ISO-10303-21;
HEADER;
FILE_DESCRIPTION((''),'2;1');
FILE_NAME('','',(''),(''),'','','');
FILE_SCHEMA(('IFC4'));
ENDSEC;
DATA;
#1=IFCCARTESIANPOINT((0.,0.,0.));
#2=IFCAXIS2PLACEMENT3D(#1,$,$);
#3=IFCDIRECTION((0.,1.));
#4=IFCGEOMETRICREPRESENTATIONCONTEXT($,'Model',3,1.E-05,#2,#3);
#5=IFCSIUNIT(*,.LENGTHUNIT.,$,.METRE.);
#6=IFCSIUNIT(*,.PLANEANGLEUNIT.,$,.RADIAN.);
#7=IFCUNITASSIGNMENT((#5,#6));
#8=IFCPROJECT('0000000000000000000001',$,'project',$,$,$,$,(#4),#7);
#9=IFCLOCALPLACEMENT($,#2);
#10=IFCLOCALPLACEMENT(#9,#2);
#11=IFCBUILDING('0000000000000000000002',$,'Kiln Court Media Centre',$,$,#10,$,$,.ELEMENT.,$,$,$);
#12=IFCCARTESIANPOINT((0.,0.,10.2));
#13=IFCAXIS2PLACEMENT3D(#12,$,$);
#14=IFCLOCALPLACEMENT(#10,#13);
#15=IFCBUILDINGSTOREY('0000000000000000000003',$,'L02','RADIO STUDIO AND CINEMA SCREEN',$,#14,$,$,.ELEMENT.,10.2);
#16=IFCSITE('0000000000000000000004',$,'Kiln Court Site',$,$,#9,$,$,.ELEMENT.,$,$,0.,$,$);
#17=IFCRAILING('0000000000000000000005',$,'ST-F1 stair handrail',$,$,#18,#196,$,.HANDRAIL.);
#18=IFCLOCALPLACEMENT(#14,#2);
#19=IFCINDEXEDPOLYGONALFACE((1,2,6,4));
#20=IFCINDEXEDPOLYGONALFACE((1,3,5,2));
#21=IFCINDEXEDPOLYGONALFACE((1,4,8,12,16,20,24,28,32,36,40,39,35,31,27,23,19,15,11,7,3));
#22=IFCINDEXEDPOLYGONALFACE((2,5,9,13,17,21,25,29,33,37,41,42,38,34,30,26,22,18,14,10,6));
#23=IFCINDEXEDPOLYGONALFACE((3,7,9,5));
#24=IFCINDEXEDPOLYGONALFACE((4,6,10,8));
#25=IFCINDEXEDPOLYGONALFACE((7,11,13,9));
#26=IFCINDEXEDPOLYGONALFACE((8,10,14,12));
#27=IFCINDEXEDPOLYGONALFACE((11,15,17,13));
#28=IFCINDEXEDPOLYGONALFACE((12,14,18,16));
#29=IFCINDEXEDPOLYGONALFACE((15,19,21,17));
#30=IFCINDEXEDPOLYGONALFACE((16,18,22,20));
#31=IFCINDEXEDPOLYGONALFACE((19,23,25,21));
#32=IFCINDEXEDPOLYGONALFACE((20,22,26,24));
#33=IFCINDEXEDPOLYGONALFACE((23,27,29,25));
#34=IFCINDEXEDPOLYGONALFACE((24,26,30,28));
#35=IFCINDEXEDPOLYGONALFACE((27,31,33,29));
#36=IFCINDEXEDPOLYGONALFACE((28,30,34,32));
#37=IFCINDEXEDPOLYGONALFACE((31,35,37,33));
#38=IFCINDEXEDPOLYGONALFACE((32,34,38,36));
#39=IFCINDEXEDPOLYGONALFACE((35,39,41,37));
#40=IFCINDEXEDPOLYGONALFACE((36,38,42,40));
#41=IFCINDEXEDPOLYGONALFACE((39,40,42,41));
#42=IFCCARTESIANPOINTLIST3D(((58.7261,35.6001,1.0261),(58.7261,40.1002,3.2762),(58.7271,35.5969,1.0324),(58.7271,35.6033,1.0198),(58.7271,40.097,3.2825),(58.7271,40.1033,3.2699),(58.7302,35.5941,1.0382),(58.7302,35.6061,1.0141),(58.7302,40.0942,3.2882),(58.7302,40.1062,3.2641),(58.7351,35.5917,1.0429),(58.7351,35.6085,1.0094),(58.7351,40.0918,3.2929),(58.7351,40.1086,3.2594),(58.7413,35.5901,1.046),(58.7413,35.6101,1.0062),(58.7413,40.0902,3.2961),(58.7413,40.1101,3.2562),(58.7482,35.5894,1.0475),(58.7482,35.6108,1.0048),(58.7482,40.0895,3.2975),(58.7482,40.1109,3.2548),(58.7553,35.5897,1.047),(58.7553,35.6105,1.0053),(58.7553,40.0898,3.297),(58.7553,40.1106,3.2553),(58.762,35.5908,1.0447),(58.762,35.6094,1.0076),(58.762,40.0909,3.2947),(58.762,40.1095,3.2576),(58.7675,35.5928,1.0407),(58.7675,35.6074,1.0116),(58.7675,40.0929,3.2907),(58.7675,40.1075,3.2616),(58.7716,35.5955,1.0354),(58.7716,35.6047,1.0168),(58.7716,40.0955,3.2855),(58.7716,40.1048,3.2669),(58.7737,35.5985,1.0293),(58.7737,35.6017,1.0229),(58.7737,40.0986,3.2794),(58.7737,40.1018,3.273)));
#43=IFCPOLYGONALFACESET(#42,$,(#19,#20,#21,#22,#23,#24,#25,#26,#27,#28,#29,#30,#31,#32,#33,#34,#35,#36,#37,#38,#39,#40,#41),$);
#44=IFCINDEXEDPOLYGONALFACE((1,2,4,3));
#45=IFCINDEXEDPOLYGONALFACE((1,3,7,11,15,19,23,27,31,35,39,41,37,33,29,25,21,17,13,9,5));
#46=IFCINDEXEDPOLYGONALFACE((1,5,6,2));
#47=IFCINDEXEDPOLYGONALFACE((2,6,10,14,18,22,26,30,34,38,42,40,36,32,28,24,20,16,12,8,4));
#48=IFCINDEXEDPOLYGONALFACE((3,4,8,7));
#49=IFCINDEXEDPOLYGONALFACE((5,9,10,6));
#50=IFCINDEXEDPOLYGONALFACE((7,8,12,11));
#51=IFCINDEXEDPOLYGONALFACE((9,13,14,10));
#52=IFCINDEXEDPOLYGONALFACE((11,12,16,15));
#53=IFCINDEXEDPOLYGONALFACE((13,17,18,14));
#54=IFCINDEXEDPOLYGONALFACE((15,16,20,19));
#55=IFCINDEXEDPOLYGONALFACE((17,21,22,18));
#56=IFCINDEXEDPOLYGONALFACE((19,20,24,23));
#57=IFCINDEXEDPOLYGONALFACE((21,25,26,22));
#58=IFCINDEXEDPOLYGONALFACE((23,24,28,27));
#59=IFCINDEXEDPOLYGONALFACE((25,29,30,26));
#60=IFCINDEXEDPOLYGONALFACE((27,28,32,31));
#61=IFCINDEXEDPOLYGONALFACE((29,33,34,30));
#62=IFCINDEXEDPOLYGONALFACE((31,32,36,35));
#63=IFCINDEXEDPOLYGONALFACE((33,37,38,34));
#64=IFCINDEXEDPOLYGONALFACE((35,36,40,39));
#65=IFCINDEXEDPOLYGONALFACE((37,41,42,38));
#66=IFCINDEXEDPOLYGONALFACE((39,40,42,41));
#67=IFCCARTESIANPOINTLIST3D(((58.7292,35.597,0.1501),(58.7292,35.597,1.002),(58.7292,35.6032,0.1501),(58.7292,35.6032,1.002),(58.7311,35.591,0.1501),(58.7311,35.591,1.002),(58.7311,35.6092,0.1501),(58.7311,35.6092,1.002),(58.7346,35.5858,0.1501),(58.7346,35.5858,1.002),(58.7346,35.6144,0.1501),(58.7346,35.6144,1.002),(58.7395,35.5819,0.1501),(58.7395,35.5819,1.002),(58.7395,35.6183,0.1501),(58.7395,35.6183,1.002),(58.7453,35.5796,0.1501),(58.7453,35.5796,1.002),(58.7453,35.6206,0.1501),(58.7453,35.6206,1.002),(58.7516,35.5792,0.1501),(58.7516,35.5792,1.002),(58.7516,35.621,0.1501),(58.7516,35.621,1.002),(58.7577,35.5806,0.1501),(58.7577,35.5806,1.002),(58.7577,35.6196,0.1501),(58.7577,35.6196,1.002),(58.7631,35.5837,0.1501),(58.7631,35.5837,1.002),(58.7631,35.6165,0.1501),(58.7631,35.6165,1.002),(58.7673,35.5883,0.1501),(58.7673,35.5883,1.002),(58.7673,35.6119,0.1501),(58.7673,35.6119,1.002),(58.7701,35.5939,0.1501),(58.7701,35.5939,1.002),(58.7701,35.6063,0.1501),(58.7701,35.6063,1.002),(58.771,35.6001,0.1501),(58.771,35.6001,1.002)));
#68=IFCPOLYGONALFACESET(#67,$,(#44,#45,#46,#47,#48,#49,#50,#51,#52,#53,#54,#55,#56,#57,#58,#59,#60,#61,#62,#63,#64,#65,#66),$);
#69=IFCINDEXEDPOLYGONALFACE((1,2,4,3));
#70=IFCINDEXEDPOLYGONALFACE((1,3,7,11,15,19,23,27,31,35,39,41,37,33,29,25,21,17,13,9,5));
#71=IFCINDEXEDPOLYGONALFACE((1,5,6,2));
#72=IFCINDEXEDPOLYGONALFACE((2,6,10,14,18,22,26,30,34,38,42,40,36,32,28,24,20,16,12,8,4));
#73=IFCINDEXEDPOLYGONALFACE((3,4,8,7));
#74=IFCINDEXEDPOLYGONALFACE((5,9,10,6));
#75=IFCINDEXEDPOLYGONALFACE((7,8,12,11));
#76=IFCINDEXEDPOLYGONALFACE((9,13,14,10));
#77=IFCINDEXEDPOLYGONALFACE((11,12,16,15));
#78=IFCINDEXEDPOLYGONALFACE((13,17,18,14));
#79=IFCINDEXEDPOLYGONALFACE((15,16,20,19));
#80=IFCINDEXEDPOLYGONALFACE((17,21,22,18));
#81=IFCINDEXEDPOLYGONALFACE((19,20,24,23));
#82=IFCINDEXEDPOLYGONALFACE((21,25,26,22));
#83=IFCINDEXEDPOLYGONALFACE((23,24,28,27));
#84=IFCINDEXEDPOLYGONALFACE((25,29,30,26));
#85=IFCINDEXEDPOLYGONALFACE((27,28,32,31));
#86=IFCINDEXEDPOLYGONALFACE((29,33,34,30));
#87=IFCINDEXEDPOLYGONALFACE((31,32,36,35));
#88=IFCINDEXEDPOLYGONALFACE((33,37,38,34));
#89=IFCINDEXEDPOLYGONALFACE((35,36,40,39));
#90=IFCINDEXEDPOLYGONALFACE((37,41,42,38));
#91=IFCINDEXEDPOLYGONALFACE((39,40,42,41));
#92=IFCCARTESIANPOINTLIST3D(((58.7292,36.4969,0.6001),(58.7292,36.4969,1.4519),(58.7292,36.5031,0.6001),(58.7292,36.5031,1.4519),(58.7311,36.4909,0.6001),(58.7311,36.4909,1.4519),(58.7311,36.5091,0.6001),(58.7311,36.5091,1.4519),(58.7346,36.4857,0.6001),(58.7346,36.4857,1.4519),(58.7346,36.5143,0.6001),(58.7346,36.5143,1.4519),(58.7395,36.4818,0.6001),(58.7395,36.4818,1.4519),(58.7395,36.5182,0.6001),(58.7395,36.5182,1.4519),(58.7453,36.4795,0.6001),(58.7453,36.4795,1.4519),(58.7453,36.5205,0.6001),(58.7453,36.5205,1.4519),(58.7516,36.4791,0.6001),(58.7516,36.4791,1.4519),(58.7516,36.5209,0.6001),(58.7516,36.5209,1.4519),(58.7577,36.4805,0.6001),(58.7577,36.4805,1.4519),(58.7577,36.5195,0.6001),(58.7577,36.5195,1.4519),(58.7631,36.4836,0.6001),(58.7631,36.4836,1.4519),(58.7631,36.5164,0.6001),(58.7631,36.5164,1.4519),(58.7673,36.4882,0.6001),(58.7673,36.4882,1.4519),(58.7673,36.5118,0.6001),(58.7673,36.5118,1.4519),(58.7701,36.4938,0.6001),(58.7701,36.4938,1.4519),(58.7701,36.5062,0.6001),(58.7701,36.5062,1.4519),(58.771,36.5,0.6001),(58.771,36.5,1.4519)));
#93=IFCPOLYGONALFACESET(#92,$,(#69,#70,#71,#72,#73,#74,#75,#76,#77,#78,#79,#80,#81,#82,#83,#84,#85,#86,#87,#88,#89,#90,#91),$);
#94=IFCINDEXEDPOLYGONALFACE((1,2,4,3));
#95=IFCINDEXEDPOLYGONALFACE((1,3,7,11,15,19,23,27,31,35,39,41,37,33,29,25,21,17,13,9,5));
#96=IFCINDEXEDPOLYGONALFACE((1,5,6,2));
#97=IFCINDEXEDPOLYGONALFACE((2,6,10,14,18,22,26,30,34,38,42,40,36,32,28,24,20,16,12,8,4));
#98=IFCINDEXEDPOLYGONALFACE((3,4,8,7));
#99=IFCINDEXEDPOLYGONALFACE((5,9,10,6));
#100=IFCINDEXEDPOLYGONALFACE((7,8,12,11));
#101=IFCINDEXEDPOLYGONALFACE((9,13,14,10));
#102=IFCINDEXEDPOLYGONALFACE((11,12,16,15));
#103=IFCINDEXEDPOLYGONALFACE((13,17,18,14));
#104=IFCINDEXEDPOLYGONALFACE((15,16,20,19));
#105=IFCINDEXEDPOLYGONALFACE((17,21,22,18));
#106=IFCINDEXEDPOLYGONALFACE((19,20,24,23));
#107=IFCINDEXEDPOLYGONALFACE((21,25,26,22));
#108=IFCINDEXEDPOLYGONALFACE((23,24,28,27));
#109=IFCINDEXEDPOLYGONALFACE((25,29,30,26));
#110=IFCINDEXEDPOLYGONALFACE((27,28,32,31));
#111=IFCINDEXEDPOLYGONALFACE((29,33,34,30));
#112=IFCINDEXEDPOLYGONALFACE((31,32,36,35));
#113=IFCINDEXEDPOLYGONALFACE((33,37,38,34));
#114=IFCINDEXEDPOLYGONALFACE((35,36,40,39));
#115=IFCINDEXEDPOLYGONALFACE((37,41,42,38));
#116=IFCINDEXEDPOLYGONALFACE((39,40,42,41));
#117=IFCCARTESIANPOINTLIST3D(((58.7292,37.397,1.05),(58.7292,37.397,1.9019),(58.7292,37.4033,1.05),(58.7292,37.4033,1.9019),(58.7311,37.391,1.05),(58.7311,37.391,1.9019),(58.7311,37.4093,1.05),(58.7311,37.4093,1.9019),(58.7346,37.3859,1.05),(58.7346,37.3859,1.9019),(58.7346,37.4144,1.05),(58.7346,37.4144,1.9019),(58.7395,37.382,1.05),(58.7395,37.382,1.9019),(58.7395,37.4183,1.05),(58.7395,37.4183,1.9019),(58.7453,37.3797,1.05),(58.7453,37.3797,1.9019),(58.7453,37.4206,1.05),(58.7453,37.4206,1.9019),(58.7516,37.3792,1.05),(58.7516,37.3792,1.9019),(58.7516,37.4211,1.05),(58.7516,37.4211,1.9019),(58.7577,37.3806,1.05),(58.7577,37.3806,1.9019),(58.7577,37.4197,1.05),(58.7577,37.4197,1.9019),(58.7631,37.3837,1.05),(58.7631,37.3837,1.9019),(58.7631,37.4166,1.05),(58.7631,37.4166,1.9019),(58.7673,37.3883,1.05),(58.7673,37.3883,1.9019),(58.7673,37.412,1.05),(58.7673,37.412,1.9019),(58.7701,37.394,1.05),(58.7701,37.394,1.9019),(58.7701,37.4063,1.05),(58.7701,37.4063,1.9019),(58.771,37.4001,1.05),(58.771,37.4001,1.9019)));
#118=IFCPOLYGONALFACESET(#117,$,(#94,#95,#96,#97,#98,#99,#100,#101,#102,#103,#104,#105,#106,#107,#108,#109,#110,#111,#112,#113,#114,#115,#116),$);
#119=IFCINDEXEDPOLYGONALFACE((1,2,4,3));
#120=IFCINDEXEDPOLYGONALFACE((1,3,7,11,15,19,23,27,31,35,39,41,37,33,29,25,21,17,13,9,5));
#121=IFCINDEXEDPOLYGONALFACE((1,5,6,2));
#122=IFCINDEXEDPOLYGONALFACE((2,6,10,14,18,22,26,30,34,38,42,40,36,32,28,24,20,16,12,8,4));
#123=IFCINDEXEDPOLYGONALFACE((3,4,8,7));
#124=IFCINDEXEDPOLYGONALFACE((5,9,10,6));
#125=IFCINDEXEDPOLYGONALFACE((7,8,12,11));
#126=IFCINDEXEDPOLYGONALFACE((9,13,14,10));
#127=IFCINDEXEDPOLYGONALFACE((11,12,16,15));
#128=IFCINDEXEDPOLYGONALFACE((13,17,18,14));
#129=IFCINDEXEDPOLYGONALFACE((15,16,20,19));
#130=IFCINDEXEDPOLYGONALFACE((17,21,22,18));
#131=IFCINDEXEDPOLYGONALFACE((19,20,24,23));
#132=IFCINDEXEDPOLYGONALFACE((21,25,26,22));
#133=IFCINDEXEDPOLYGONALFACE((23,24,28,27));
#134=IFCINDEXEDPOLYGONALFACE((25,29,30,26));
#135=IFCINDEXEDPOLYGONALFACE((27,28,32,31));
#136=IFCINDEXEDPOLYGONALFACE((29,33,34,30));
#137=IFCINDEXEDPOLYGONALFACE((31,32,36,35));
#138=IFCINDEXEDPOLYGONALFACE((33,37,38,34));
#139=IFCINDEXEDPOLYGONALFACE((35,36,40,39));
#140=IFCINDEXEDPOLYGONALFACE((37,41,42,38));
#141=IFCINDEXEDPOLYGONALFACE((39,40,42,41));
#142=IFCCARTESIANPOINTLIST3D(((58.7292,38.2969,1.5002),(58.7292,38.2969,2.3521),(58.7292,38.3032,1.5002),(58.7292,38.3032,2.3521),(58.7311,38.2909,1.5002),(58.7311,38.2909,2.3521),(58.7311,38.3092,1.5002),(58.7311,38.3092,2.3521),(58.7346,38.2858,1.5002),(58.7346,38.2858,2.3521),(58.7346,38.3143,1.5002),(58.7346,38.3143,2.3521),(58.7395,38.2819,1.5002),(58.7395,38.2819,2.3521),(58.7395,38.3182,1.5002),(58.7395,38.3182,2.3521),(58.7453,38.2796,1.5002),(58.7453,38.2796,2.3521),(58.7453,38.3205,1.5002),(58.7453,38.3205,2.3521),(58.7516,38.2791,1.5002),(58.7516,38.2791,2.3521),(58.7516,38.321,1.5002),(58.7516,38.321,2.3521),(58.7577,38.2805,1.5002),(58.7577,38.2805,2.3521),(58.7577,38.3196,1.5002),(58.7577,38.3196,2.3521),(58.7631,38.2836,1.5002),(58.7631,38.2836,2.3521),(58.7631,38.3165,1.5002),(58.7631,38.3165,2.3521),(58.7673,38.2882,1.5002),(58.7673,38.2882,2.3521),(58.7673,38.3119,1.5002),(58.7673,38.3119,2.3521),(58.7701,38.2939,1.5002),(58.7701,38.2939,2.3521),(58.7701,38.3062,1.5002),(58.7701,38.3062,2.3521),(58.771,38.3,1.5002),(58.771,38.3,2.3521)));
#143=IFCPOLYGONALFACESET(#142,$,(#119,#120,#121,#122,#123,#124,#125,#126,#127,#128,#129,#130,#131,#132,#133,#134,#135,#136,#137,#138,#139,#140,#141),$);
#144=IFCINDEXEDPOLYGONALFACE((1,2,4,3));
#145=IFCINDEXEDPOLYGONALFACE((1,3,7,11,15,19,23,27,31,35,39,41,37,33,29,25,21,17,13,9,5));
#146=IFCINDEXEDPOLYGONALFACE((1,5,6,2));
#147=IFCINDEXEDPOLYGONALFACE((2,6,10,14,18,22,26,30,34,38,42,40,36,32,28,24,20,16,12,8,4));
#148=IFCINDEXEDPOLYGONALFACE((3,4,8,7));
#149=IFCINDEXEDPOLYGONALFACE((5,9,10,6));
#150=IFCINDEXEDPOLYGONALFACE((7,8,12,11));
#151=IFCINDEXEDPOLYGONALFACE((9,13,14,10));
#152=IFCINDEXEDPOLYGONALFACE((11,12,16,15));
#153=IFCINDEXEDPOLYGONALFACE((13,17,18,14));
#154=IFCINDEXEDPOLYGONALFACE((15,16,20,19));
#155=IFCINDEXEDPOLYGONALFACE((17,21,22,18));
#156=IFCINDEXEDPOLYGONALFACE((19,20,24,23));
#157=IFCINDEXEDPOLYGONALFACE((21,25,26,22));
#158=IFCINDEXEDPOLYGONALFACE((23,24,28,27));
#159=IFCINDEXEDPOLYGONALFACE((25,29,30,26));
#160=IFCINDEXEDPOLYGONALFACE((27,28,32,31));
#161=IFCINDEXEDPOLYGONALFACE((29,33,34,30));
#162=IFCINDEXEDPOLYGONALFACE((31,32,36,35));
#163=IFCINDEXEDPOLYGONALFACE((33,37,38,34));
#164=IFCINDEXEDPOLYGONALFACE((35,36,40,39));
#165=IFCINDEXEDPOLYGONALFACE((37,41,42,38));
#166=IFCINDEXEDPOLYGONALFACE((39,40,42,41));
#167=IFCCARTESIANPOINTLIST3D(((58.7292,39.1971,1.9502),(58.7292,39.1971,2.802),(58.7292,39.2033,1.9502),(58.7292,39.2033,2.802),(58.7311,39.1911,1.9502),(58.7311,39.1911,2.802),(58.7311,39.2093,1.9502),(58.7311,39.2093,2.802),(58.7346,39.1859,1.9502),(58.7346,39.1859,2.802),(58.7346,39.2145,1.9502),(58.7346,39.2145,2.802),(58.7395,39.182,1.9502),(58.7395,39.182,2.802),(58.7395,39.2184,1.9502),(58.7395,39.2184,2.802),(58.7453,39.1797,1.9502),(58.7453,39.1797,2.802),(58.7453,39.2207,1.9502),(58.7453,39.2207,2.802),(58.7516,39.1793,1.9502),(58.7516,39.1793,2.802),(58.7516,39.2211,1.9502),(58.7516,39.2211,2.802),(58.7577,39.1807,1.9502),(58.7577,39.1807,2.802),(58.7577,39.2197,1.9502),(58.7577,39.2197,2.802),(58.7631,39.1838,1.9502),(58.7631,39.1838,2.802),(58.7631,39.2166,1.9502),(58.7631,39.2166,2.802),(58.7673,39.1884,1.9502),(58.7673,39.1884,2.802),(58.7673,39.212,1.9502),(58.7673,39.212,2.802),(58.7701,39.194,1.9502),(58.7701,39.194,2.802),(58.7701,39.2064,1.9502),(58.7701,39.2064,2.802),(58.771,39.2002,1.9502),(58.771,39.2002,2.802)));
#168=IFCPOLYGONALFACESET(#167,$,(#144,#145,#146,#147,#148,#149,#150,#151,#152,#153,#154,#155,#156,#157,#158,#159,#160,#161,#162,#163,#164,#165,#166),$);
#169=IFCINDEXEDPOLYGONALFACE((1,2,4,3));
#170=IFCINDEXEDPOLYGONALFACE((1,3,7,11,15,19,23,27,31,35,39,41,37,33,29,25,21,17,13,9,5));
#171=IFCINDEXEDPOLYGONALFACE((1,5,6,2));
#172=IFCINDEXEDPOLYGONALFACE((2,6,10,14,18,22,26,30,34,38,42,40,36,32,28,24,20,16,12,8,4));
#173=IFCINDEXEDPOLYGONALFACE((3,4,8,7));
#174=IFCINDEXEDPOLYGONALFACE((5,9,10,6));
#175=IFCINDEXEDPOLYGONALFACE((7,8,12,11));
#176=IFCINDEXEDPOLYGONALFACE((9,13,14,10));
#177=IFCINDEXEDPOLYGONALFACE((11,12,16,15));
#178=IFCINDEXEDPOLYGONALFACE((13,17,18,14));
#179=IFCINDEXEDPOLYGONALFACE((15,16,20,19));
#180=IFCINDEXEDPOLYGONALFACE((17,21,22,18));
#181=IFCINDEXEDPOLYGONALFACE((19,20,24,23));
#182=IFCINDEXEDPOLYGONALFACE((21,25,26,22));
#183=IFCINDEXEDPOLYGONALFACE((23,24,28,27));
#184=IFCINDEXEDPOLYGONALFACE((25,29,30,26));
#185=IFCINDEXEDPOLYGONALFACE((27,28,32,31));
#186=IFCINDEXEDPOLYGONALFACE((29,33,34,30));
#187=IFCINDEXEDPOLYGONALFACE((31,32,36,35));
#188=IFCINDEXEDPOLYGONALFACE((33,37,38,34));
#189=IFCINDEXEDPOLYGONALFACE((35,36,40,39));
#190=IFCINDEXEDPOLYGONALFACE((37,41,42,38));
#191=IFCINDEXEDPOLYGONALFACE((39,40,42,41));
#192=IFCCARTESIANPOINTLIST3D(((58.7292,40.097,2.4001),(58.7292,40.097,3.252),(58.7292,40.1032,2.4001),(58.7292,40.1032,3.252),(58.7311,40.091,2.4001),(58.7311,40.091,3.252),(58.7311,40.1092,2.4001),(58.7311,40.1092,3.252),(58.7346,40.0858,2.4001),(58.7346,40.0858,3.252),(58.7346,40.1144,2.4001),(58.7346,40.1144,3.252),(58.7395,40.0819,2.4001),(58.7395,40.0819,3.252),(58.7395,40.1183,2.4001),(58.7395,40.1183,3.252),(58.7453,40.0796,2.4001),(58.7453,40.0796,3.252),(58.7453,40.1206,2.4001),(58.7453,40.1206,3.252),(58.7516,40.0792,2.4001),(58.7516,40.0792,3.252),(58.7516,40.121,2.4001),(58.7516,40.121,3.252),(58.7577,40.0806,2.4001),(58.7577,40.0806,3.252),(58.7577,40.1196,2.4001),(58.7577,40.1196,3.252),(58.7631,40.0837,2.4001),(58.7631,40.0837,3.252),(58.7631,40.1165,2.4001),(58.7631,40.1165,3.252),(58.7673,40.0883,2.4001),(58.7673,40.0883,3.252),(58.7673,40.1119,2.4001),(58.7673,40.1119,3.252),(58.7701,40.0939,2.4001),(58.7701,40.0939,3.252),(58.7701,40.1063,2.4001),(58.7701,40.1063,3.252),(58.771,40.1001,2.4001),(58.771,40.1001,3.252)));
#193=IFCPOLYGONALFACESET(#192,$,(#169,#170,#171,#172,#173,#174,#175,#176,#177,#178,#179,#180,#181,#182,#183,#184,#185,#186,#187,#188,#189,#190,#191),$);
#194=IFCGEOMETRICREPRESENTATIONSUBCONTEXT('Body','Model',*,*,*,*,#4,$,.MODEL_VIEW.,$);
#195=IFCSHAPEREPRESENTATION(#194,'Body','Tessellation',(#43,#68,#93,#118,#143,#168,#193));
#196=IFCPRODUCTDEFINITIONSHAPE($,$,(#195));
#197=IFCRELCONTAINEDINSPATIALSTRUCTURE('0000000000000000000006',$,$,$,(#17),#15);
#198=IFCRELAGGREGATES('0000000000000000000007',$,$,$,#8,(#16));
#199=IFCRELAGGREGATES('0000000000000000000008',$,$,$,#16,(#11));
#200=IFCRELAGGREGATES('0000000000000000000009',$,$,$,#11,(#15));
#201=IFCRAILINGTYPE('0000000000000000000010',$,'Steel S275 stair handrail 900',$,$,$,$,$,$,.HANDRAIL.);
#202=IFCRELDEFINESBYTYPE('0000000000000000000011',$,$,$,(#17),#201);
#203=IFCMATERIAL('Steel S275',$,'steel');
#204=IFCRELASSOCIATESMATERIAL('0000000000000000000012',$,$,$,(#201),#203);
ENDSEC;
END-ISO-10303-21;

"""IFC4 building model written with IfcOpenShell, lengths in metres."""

from ifc_helpers import new_model, si_unit, direction, frame, origin, origin_2d, place, context, subcontext, project, spatial, circle, extrude, material, type_object, element, save


model = new_model("IFC4")

# Units and contexts
model_context = context("Model", 3, precision=1e-05, world=origin(), true_north=direction((0.0, 1.0)))
body_context = subcontext(model_context, "Body", "Model", "MODEL_VIEW")
ifc_project = project(units=[si_unit("LENGTHUNIT", "METRE"), si_unit("PLANEANGLEUNIT", "RADIAN")], contexts=[model_context])

# Site, building, storey
site_placement = place(None, origin())
site = spatial("IfcSite", under=ifc_project, at=site_placement, Name="Kiln Court Site", CompositionType="ELEMENT", RefElevation=0.0)
building_placement = place(site_placement, origin())
building = spatial("IfcBuilding", under=site, at=building_placement, Name="Kiln Court Media Centre", CompositionType="ELEMENT")
storey_placement = place(building_placement, frame((0.0, 0.0, 10.2)))
storey = spatial("IfcBuildingStorey", under=building, at=storey_placement, Name="L02", Description="RADIO STUDIO AND CINEMA SCREEN", CompositionType="ELEMENT", Elevation=10.2)

# Railing
ifc_material_1 = material(Name="Steel S275", Category="steel")
railing_type_1 = type_object("IfcRailingType", Name="Steel S275 stair handrail 900", PredefinedType="HANDRAIL", material=ifc_material_1)
railing_1_placement = place(storey_placement, frame((58.75, 35.6001, 0.1501)))
element("IfcRailing", 1, at=railing_1_placement, inside=storey, type_object=railing_type_1, Name="ST-F1 stair handrail", PredefinedType="HANDRAIL", context=body_context, shape_type="SweptSolid", body=[
    extrude(circle(Radius=0.0239, at=origin_2d()), frame((0.0, 0.0, 0.876), z_axis=(0.0, 0.894427, 0.447214), x_axis=(-1.0, 0.0, 0.0)), (0.0, 0.0, 1.0), 5.0312),
    extrude(circle(Radius=0.021, at=origin_2d()), origin(), (0.0, 0.0, 1.0), 0.8518),
    extrude(circle(Radius=0.021, at=origin_2d()), frame((0.0, 0.8999, 0.45)), (0.0, 0.0, 1.0), 0.8518),
    extrude(circle(Radius=0.021, at=origin_2d()), frame((0.0, 1.8, 0.8999)), (0.0, 0.0, 1.0), 0.8518),
    extrude(circle(Radius=0.021, at=origin_2d()), frame((0.0, 2.7, 1.3501)), (0.0, 0.0, 1.0), 0.8518),
    extrude(circle(Radius=0.021, at=origin_2d()), frame((0.0, 3.6001, 1.8)), (0.0, 0.0, 1.0), 0.8518),
    extrude(circle(Radius=0.021, at=origin_2d()), frame((0.0, 4.5, 2.25)), (0.0, 0.0, 1.0), 0.8518),
])

save(model, "model.ifc")
